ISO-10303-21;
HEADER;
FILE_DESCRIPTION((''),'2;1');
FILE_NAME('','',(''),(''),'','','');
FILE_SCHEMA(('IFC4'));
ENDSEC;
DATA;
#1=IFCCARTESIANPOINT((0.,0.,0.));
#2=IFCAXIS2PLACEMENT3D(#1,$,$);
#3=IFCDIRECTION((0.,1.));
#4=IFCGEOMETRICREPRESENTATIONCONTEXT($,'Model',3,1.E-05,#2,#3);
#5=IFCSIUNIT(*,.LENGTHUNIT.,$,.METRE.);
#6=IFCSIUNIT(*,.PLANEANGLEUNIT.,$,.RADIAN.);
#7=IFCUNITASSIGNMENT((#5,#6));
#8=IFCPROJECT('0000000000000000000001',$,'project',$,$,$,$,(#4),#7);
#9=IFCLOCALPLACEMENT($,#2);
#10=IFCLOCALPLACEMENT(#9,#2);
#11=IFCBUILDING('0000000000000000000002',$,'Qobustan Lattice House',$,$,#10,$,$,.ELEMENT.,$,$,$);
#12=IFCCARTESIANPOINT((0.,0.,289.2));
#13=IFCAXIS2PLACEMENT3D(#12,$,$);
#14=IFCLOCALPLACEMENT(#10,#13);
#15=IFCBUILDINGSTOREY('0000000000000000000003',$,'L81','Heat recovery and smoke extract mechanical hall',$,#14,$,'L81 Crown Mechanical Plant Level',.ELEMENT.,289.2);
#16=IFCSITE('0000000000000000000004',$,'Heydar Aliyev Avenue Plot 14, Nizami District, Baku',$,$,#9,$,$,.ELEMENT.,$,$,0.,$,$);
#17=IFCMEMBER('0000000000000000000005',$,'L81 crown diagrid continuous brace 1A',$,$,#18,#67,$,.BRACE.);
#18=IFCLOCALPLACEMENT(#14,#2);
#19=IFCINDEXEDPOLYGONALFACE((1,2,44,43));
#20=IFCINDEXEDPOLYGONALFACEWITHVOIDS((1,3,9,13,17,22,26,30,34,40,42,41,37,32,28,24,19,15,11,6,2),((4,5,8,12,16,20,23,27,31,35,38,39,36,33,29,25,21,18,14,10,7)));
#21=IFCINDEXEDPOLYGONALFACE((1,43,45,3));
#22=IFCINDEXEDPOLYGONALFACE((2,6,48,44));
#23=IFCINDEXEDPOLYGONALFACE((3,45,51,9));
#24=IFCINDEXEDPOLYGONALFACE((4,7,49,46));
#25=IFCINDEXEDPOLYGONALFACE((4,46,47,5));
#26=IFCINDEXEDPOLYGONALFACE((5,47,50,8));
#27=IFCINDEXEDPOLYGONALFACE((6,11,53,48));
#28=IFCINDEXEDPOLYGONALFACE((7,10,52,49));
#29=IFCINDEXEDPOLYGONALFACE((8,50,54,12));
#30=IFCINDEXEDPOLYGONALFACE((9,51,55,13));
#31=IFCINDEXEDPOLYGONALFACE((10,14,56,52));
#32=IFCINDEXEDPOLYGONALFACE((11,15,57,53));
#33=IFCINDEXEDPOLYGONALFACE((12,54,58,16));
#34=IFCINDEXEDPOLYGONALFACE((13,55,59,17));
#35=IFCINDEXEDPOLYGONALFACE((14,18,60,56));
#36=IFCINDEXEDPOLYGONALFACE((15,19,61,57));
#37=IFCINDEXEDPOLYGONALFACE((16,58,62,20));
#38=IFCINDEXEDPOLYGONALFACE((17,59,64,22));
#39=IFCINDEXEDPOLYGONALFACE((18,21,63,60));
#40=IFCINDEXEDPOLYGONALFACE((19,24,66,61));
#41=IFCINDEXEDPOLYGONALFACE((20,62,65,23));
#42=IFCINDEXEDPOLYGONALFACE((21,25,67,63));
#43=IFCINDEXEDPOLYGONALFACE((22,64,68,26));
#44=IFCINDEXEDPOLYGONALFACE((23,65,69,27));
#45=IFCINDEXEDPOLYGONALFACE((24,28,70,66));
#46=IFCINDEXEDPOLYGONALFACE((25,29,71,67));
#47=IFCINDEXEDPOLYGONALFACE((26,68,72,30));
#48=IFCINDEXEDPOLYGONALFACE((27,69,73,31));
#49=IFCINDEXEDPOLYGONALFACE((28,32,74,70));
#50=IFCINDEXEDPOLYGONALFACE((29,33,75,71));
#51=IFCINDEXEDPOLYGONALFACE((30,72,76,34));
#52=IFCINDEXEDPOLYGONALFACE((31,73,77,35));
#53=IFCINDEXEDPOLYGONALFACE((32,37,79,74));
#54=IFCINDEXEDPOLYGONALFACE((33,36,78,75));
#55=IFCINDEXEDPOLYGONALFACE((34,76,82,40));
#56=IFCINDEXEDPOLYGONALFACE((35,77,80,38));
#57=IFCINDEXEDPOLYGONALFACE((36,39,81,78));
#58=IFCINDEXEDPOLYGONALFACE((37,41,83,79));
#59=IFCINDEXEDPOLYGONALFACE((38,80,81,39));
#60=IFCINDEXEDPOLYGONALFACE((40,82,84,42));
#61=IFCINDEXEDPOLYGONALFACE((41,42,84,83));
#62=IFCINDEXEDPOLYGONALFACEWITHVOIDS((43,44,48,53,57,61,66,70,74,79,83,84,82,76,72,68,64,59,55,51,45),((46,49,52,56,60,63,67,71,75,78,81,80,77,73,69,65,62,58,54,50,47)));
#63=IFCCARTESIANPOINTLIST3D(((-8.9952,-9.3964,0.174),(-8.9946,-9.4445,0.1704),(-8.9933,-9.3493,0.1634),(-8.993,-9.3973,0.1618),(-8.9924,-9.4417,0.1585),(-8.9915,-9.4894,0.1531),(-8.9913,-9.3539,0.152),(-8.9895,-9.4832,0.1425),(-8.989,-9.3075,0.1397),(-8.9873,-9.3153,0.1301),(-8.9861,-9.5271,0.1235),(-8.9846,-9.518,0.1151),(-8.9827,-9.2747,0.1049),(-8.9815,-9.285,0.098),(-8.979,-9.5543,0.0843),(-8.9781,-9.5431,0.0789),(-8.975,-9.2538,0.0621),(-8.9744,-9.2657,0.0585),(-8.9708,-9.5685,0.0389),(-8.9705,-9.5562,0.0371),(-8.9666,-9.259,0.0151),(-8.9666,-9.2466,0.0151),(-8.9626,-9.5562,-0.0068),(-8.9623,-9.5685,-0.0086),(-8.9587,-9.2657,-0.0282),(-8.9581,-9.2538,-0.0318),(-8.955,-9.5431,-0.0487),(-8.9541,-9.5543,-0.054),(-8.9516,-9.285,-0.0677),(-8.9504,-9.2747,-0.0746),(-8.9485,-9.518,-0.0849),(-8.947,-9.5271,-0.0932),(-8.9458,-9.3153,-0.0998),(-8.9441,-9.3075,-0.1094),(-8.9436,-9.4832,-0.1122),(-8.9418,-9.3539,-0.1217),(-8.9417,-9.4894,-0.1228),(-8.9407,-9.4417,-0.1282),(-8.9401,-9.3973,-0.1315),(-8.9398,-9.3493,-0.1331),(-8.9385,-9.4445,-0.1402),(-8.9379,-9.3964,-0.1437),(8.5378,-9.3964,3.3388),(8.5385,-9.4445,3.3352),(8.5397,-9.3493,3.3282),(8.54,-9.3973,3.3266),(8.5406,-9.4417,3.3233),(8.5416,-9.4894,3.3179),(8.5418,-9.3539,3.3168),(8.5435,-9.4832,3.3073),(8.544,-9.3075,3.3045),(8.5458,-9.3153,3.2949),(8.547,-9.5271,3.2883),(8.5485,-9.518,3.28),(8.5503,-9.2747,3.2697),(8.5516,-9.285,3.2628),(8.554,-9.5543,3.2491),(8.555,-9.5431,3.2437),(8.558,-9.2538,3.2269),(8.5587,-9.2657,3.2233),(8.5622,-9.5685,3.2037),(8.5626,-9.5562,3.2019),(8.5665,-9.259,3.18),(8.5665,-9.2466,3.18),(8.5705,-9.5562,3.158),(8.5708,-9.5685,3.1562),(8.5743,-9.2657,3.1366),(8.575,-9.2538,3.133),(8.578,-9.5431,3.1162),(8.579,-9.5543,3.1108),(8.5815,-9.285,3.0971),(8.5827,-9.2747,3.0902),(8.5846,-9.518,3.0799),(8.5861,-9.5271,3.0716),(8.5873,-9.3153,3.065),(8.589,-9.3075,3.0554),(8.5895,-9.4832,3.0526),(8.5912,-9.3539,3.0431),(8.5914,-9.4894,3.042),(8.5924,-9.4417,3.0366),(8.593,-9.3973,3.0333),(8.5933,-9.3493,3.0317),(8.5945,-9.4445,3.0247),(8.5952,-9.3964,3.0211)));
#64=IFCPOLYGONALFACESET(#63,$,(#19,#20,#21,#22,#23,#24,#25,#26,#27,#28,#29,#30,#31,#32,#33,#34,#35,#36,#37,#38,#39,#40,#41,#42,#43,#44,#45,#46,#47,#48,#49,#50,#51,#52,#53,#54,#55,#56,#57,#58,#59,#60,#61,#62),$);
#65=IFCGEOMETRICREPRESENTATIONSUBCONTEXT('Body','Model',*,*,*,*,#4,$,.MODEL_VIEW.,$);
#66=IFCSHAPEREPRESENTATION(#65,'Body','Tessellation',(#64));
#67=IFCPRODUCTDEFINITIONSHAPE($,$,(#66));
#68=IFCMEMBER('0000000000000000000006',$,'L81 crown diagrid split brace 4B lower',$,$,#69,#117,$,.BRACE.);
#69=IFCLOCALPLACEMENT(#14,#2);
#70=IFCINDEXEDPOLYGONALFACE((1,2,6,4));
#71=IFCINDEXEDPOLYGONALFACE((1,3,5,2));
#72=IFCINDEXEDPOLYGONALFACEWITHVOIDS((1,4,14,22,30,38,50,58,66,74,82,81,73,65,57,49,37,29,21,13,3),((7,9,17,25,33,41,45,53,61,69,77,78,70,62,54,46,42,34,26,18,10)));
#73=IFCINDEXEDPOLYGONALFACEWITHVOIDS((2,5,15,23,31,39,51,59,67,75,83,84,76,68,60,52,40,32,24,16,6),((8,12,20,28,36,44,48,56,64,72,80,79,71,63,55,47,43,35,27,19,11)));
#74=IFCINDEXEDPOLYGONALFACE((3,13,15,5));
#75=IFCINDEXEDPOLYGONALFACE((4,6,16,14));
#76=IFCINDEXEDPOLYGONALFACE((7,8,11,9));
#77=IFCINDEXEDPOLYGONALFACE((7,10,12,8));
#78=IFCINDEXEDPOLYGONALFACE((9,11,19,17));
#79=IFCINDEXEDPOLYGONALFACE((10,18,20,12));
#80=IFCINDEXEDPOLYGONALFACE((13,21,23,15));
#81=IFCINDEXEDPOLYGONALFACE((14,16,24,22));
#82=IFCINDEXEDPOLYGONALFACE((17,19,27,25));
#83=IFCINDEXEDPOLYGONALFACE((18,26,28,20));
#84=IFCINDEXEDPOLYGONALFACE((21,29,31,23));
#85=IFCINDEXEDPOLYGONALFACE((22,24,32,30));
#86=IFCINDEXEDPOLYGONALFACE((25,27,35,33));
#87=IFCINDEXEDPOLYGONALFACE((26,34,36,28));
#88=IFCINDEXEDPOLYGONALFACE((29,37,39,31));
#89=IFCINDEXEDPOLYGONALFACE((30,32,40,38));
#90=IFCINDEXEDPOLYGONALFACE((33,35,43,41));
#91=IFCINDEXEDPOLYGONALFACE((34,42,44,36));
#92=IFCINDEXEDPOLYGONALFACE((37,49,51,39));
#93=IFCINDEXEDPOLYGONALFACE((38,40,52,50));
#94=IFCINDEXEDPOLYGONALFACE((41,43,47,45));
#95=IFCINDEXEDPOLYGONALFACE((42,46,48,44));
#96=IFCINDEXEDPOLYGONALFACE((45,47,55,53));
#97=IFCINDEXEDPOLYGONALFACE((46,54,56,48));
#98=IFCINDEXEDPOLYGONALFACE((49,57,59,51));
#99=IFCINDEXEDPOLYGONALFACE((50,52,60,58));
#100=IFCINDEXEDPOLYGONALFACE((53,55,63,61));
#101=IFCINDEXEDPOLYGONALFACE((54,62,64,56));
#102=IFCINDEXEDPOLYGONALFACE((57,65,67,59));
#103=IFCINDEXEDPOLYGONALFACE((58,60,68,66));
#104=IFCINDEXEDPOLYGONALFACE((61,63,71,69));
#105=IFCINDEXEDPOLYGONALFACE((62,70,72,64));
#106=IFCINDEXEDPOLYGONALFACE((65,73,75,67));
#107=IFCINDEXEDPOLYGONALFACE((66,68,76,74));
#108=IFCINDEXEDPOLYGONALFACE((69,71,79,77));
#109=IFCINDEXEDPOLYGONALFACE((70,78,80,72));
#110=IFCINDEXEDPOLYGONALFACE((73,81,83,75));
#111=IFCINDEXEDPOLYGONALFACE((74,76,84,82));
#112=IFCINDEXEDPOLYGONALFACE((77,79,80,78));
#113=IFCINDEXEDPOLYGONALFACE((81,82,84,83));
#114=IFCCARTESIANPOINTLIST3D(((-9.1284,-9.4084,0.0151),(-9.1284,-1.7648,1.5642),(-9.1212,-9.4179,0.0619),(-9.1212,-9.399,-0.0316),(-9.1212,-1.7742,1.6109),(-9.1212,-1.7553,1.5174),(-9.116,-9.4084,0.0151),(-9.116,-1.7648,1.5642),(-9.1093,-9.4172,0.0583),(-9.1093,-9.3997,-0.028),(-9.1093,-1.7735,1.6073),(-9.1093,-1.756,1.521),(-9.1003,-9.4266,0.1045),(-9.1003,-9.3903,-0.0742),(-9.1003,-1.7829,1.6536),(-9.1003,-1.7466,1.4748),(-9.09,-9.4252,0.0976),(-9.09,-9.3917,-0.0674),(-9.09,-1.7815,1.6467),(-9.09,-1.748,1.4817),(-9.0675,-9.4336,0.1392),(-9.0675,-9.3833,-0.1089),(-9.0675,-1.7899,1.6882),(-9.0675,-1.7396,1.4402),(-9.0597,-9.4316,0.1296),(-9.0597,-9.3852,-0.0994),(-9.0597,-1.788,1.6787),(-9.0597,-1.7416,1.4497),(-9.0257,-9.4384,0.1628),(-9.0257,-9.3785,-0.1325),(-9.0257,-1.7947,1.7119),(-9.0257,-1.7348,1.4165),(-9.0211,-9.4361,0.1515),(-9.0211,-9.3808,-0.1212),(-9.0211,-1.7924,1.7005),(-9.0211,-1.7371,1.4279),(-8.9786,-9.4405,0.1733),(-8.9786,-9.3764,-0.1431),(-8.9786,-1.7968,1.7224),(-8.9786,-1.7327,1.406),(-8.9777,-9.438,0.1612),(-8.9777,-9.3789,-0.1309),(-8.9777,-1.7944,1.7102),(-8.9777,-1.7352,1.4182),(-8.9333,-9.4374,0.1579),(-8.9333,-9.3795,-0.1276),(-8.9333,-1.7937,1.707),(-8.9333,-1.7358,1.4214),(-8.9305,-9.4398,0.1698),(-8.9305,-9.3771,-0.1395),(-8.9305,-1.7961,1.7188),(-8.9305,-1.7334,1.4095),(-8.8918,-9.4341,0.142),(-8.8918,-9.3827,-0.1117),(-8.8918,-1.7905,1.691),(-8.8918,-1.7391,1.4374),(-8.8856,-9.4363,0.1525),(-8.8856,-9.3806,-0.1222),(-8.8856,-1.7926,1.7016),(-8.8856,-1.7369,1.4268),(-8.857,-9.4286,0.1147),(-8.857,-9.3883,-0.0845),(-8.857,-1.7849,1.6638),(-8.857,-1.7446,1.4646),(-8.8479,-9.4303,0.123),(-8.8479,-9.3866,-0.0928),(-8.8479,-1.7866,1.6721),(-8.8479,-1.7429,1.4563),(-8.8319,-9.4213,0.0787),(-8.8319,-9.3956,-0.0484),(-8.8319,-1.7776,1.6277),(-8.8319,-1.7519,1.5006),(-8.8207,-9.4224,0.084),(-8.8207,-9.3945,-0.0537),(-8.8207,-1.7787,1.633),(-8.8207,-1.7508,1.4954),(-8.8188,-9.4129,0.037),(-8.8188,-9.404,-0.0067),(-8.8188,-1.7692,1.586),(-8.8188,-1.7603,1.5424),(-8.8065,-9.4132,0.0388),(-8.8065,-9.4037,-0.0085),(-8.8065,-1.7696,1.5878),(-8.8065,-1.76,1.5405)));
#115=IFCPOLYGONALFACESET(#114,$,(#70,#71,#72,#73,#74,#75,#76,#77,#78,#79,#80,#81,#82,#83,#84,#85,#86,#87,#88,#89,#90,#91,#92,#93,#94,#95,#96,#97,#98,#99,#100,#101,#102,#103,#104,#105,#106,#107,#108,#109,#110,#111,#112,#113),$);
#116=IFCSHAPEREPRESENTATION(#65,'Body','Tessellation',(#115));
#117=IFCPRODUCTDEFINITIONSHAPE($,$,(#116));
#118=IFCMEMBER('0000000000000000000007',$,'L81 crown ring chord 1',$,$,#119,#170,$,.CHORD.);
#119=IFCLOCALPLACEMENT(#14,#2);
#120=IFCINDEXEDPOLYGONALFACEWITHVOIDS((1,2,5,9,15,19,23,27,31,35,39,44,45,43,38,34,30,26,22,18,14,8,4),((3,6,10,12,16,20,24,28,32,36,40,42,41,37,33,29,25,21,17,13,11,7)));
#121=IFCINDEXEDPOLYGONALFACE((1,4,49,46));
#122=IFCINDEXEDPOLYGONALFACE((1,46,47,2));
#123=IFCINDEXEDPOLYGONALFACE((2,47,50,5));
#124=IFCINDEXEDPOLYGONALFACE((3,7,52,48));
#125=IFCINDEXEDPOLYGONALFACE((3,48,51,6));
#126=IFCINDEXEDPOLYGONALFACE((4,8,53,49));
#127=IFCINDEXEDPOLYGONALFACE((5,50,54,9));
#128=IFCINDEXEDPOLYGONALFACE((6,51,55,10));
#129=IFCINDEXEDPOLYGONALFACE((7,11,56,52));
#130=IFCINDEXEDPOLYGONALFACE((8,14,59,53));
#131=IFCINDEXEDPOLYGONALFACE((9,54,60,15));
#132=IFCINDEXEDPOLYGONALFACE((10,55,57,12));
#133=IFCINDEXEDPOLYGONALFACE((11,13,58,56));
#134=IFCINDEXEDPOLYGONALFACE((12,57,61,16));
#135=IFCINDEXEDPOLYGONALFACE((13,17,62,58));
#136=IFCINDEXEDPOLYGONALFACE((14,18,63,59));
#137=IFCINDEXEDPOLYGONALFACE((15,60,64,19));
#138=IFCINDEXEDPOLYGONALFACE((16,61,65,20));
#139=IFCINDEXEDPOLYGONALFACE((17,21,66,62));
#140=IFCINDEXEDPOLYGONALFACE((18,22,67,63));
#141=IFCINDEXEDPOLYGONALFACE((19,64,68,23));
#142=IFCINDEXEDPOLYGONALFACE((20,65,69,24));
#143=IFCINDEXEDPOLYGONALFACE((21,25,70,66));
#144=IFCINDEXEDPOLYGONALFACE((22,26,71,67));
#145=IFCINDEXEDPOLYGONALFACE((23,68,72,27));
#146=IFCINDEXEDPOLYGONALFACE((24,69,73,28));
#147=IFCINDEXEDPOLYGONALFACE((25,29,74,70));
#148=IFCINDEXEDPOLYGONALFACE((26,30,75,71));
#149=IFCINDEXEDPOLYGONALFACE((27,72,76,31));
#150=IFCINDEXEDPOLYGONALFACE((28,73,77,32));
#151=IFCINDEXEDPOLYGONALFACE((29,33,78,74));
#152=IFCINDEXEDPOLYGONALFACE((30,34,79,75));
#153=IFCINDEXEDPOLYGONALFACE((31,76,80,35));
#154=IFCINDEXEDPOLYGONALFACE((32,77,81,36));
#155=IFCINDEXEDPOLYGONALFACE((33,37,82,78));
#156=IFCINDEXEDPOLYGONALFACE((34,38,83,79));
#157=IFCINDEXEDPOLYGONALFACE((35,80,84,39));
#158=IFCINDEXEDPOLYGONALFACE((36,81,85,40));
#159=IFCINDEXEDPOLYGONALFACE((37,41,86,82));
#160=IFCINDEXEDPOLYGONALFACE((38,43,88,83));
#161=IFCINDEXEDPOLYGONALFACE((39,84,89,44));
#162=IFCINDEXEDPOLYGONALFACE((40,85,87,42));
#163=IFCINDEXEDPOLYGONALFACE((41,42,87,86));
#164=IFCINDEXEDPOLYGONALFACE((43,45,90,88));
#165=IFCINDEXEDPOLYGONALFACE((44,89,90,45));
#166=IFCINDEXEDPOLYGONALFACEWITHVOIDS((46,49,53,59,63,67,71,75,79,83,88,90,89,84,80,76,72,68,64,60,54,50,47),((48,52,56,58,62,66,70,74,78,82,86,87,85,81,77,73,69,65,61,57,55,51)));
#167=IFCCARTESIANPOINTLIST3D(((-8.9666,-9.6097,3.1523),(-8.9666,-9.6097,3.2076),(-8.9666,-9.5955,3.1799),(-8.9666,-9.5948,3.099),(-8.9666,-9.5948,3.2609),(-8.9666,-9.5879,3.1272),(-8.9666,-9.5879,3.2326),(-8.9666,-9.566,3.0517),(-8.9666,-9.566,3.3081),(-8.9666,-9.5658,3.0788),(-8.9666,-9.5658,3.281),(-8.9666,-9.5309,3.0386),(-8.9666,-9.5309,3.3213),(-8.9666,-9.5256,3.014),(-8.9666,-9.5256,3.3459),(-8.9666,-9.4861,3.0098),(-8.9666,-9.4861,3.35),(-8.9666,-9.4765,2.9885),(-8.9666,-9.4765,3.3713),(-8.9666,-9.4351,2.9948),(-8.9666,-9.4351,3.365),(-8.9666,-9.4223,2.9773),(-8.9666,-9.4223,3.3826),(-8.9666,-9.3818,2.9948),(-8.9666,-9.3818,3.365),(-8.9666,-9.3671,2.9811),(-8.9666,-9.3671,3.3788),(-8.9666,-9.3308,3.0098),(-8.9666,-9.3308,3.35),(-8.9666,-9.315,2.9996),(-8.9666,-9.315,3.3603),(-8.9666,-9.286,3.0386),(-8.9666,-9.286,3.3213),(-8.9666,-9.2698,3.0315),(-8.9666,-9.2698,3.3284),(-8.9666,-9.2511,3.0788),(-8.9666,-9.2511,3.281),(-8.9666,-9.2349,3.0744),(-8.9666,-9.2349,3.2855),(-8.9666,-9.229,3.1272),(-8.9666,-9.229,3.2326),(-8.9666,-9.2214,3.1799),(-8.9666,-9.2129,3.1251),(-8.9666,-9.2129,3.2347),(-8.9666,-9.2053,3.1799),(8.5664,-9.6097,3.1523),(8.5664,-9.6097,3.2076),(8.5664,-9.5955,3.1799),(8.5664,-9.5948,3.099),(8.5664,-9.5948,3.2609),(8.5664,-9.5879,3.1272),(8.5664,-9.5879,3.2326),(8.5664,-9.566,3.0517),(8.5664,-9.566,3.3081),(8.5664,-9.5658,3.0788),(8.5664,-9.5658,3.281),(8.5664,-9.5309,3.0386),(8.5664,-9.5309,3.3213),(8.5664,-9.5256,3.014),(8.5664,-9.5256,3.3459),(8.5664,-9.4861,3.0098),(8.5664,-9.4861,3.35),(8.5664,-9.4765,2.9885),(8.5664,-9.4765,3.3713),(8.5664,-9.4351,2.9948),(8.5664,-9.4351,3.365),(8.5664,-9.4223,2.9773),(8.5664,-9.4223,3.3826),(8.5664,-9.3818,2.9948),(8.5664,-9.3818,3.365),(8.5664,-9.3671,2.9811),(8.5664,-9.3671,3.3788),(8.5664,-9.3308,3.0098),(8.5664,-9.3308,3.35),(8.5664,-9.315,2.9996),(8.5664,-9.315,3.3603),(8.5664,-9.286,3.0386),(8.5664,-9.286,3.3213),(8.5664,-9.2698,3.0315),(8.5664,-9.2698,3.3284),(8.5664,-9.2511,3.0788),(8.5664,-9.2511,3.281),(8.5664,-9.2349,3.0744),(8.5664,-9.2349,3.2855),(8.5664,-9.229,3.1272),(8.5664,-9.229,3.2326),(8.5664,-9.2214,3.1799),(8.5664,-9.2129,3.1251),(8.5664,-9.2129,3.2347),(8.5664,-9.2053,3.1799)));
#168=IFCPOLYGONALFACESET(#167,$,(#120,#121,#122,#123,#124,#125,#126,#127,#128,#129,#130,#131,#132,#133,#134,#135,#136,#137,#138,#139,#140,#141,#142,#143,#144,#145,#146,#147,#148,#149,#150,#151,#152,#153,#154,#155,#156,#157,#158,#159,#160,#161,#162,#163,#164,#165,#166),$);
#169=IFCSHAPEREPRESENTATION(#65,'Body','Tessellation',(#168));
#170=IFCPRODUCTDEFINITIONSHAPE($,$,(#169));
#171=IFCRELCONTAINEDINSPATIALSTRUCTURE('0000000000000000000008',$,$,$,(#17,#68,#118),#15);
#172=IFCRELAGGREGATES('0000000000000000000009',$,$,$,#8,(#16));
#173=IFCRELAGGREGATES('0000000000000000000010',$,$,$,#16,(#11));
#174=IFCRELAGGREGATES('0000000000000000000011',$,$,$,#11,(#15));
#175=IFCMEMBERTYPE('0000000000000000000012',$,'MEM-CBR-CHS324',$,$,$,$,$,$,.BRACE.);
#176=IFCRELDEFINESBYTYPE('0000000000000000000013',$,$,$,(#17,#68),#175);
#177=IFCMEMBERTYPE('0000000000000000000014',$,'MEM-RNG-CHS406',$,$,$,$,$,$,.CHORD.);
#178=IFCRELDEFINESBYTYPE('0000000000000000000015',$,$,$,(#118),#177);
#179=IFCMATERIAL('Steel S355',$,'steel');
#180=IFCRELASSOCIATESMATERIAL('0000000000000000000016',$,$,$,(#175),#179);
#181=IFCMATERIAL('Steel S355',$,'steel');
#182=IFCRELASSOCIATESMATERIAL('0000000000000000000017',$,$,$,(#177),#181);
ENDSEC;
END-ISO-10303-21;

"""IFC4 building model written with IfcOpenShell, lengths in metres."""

from ifc_helpers import new_model, si_unit, direction, frame, origin, origin_2d, place, context, subcontext, project, spatial, hollow_circle, extrude, material, material_profile, profile_set, type_object, element, save


model = new_model("IFC4")

# Units and contexts
model_context = context("Model", 3, precision=1e-05, world=origin(), true_north=direction((0.0, 1.0)))
body_context = subcontext(model_context, "Body", "Model", "MODEL_VIEW")
ifc_project = project(units=[si_unit("LENGTHUNIT", "METRE"), si_unit("PLANEANGLEUNIT", "RADIAN")], contexts=[model_context])

# Site, building, storey
site_placement = place(None, origin())
site = spatial("IfcSite", under=ifc_project, at=site_placement, Name="Heydar Aliyev Avenue Plot 14, Nizami District, Baku", CompositionType="ELEMENT", RefElevation=0.0)
building_placement = place(site_placement, origin())
building = spatial("IfcBuilding", under=site, at=building_placement, Name="Qobustan Lattice House", CompositionType="ELEMENT")
storey_placement = place(building_placement, frame((0.0, 0.0, 289.2)))
storey = spatial("IfcBuildingStorey", under=building, at=storey_placement, Name="L81", Description="Heat recovery and smoke extract mechanical hall", LongName="L81 Crown Mechanical Plant Level", CompositionType="ELEMENT", Elevation=289.2)

# Members
ifc_material_1 = material(Name="Steel S355", Category="steel")
ifc_material_profile_1 = material_profile(ifc_material_1, hollow_circle(Radius=0.1619, WallThickness=0.0125, at=origin_2d()), Name="CHS323.9x12.5")
ifc_profile_set_1 = profile_set([ifc_material_profile_1], Name="Steel S355")
member_type_1 = type_object("IfcMemberType", Name="MEM-CBR-CHS324", PredefinedType="BRACE", material=ifc_profile_set_1)
member_1_placement = place(storey_placement, frame((-8.9666, -9.4084, 0.0151), z_axis=(0.984096, 0.0, 0.177635), x_axis=(0.0, 1.0, 0.0)))
element("IfcMember", 1, at=member_1_placement, inside=storey, type_object=member_type_1, Name="L81 crown diagrid continuous brace 1A", PredefinedType="BRACE", context=body_context, shape_type="SweptSolid", body=[
    extrude(hollow_circle(Radius=0.1619, WallThickness=0.0125, at=origin_2d()), origin(), (0.0, 0.0, 1.0), 17.8164),
])
member_2_placement = place(storey_placement, frame((-8.9666, -9.4084, 0.0151), z_axis=(0.0, 0.980077, 0.19862), x_axis=(-1.0, 0.0, 0.0)))
element("IfcMember", 2, at=member_2_placement, inside=storey, type_object=member_type_1, Name="L81 crown diagrid split brace 4B lower", PredefinedType="BRACE", context=body_context, shape_type="SweptSolid", body=[
    extrude(hollow_circle(Radius=0.1619, WallThickness=0.0125, at=origin_2d()), origin(), (0.0, 0.0, 1.0), 7.7991),
])
ifc_material_2 = material(Name="Steel S355", Category="steel")
ifc_material_profile_2 = material_profile(ifc_material_2, hollow_circle(Radius=0.2031, WallThickness=0.0161, at=origin_2d()), Name="CHS406.4x16")
ifc_profile_set_2 = profile_set([ifc_material_profile_2], Name="Steel S355")
member_type_2 = type_object("IfcMemberType", Name="MEM-RNG-CHS406", PredefinedType="CHORD", material=ifc_profile_set_2)
member_3_placement = place(storey_placement, frame((-8.9666, -9.4084, 3.1799), z_axis=(1.0, 0.0, 0.0), x_axis=(0.0, 1.0, 0.0)))
element("IfcMember", 3, at=member_3_placement, inside=storey, type_object=member_type_2, Name="L81 crown ring chord 1", PredefinedType="CHORD", context=body_context, shape_type="SweptSolid", body=[
    extrude(hollow_circle(Radius=0.2031, WallThickness=0.0161, at=origin_2d()), origin(), (0.0, 0.0, 1.0), 17.533),
])

save(model, "model.ifc")
